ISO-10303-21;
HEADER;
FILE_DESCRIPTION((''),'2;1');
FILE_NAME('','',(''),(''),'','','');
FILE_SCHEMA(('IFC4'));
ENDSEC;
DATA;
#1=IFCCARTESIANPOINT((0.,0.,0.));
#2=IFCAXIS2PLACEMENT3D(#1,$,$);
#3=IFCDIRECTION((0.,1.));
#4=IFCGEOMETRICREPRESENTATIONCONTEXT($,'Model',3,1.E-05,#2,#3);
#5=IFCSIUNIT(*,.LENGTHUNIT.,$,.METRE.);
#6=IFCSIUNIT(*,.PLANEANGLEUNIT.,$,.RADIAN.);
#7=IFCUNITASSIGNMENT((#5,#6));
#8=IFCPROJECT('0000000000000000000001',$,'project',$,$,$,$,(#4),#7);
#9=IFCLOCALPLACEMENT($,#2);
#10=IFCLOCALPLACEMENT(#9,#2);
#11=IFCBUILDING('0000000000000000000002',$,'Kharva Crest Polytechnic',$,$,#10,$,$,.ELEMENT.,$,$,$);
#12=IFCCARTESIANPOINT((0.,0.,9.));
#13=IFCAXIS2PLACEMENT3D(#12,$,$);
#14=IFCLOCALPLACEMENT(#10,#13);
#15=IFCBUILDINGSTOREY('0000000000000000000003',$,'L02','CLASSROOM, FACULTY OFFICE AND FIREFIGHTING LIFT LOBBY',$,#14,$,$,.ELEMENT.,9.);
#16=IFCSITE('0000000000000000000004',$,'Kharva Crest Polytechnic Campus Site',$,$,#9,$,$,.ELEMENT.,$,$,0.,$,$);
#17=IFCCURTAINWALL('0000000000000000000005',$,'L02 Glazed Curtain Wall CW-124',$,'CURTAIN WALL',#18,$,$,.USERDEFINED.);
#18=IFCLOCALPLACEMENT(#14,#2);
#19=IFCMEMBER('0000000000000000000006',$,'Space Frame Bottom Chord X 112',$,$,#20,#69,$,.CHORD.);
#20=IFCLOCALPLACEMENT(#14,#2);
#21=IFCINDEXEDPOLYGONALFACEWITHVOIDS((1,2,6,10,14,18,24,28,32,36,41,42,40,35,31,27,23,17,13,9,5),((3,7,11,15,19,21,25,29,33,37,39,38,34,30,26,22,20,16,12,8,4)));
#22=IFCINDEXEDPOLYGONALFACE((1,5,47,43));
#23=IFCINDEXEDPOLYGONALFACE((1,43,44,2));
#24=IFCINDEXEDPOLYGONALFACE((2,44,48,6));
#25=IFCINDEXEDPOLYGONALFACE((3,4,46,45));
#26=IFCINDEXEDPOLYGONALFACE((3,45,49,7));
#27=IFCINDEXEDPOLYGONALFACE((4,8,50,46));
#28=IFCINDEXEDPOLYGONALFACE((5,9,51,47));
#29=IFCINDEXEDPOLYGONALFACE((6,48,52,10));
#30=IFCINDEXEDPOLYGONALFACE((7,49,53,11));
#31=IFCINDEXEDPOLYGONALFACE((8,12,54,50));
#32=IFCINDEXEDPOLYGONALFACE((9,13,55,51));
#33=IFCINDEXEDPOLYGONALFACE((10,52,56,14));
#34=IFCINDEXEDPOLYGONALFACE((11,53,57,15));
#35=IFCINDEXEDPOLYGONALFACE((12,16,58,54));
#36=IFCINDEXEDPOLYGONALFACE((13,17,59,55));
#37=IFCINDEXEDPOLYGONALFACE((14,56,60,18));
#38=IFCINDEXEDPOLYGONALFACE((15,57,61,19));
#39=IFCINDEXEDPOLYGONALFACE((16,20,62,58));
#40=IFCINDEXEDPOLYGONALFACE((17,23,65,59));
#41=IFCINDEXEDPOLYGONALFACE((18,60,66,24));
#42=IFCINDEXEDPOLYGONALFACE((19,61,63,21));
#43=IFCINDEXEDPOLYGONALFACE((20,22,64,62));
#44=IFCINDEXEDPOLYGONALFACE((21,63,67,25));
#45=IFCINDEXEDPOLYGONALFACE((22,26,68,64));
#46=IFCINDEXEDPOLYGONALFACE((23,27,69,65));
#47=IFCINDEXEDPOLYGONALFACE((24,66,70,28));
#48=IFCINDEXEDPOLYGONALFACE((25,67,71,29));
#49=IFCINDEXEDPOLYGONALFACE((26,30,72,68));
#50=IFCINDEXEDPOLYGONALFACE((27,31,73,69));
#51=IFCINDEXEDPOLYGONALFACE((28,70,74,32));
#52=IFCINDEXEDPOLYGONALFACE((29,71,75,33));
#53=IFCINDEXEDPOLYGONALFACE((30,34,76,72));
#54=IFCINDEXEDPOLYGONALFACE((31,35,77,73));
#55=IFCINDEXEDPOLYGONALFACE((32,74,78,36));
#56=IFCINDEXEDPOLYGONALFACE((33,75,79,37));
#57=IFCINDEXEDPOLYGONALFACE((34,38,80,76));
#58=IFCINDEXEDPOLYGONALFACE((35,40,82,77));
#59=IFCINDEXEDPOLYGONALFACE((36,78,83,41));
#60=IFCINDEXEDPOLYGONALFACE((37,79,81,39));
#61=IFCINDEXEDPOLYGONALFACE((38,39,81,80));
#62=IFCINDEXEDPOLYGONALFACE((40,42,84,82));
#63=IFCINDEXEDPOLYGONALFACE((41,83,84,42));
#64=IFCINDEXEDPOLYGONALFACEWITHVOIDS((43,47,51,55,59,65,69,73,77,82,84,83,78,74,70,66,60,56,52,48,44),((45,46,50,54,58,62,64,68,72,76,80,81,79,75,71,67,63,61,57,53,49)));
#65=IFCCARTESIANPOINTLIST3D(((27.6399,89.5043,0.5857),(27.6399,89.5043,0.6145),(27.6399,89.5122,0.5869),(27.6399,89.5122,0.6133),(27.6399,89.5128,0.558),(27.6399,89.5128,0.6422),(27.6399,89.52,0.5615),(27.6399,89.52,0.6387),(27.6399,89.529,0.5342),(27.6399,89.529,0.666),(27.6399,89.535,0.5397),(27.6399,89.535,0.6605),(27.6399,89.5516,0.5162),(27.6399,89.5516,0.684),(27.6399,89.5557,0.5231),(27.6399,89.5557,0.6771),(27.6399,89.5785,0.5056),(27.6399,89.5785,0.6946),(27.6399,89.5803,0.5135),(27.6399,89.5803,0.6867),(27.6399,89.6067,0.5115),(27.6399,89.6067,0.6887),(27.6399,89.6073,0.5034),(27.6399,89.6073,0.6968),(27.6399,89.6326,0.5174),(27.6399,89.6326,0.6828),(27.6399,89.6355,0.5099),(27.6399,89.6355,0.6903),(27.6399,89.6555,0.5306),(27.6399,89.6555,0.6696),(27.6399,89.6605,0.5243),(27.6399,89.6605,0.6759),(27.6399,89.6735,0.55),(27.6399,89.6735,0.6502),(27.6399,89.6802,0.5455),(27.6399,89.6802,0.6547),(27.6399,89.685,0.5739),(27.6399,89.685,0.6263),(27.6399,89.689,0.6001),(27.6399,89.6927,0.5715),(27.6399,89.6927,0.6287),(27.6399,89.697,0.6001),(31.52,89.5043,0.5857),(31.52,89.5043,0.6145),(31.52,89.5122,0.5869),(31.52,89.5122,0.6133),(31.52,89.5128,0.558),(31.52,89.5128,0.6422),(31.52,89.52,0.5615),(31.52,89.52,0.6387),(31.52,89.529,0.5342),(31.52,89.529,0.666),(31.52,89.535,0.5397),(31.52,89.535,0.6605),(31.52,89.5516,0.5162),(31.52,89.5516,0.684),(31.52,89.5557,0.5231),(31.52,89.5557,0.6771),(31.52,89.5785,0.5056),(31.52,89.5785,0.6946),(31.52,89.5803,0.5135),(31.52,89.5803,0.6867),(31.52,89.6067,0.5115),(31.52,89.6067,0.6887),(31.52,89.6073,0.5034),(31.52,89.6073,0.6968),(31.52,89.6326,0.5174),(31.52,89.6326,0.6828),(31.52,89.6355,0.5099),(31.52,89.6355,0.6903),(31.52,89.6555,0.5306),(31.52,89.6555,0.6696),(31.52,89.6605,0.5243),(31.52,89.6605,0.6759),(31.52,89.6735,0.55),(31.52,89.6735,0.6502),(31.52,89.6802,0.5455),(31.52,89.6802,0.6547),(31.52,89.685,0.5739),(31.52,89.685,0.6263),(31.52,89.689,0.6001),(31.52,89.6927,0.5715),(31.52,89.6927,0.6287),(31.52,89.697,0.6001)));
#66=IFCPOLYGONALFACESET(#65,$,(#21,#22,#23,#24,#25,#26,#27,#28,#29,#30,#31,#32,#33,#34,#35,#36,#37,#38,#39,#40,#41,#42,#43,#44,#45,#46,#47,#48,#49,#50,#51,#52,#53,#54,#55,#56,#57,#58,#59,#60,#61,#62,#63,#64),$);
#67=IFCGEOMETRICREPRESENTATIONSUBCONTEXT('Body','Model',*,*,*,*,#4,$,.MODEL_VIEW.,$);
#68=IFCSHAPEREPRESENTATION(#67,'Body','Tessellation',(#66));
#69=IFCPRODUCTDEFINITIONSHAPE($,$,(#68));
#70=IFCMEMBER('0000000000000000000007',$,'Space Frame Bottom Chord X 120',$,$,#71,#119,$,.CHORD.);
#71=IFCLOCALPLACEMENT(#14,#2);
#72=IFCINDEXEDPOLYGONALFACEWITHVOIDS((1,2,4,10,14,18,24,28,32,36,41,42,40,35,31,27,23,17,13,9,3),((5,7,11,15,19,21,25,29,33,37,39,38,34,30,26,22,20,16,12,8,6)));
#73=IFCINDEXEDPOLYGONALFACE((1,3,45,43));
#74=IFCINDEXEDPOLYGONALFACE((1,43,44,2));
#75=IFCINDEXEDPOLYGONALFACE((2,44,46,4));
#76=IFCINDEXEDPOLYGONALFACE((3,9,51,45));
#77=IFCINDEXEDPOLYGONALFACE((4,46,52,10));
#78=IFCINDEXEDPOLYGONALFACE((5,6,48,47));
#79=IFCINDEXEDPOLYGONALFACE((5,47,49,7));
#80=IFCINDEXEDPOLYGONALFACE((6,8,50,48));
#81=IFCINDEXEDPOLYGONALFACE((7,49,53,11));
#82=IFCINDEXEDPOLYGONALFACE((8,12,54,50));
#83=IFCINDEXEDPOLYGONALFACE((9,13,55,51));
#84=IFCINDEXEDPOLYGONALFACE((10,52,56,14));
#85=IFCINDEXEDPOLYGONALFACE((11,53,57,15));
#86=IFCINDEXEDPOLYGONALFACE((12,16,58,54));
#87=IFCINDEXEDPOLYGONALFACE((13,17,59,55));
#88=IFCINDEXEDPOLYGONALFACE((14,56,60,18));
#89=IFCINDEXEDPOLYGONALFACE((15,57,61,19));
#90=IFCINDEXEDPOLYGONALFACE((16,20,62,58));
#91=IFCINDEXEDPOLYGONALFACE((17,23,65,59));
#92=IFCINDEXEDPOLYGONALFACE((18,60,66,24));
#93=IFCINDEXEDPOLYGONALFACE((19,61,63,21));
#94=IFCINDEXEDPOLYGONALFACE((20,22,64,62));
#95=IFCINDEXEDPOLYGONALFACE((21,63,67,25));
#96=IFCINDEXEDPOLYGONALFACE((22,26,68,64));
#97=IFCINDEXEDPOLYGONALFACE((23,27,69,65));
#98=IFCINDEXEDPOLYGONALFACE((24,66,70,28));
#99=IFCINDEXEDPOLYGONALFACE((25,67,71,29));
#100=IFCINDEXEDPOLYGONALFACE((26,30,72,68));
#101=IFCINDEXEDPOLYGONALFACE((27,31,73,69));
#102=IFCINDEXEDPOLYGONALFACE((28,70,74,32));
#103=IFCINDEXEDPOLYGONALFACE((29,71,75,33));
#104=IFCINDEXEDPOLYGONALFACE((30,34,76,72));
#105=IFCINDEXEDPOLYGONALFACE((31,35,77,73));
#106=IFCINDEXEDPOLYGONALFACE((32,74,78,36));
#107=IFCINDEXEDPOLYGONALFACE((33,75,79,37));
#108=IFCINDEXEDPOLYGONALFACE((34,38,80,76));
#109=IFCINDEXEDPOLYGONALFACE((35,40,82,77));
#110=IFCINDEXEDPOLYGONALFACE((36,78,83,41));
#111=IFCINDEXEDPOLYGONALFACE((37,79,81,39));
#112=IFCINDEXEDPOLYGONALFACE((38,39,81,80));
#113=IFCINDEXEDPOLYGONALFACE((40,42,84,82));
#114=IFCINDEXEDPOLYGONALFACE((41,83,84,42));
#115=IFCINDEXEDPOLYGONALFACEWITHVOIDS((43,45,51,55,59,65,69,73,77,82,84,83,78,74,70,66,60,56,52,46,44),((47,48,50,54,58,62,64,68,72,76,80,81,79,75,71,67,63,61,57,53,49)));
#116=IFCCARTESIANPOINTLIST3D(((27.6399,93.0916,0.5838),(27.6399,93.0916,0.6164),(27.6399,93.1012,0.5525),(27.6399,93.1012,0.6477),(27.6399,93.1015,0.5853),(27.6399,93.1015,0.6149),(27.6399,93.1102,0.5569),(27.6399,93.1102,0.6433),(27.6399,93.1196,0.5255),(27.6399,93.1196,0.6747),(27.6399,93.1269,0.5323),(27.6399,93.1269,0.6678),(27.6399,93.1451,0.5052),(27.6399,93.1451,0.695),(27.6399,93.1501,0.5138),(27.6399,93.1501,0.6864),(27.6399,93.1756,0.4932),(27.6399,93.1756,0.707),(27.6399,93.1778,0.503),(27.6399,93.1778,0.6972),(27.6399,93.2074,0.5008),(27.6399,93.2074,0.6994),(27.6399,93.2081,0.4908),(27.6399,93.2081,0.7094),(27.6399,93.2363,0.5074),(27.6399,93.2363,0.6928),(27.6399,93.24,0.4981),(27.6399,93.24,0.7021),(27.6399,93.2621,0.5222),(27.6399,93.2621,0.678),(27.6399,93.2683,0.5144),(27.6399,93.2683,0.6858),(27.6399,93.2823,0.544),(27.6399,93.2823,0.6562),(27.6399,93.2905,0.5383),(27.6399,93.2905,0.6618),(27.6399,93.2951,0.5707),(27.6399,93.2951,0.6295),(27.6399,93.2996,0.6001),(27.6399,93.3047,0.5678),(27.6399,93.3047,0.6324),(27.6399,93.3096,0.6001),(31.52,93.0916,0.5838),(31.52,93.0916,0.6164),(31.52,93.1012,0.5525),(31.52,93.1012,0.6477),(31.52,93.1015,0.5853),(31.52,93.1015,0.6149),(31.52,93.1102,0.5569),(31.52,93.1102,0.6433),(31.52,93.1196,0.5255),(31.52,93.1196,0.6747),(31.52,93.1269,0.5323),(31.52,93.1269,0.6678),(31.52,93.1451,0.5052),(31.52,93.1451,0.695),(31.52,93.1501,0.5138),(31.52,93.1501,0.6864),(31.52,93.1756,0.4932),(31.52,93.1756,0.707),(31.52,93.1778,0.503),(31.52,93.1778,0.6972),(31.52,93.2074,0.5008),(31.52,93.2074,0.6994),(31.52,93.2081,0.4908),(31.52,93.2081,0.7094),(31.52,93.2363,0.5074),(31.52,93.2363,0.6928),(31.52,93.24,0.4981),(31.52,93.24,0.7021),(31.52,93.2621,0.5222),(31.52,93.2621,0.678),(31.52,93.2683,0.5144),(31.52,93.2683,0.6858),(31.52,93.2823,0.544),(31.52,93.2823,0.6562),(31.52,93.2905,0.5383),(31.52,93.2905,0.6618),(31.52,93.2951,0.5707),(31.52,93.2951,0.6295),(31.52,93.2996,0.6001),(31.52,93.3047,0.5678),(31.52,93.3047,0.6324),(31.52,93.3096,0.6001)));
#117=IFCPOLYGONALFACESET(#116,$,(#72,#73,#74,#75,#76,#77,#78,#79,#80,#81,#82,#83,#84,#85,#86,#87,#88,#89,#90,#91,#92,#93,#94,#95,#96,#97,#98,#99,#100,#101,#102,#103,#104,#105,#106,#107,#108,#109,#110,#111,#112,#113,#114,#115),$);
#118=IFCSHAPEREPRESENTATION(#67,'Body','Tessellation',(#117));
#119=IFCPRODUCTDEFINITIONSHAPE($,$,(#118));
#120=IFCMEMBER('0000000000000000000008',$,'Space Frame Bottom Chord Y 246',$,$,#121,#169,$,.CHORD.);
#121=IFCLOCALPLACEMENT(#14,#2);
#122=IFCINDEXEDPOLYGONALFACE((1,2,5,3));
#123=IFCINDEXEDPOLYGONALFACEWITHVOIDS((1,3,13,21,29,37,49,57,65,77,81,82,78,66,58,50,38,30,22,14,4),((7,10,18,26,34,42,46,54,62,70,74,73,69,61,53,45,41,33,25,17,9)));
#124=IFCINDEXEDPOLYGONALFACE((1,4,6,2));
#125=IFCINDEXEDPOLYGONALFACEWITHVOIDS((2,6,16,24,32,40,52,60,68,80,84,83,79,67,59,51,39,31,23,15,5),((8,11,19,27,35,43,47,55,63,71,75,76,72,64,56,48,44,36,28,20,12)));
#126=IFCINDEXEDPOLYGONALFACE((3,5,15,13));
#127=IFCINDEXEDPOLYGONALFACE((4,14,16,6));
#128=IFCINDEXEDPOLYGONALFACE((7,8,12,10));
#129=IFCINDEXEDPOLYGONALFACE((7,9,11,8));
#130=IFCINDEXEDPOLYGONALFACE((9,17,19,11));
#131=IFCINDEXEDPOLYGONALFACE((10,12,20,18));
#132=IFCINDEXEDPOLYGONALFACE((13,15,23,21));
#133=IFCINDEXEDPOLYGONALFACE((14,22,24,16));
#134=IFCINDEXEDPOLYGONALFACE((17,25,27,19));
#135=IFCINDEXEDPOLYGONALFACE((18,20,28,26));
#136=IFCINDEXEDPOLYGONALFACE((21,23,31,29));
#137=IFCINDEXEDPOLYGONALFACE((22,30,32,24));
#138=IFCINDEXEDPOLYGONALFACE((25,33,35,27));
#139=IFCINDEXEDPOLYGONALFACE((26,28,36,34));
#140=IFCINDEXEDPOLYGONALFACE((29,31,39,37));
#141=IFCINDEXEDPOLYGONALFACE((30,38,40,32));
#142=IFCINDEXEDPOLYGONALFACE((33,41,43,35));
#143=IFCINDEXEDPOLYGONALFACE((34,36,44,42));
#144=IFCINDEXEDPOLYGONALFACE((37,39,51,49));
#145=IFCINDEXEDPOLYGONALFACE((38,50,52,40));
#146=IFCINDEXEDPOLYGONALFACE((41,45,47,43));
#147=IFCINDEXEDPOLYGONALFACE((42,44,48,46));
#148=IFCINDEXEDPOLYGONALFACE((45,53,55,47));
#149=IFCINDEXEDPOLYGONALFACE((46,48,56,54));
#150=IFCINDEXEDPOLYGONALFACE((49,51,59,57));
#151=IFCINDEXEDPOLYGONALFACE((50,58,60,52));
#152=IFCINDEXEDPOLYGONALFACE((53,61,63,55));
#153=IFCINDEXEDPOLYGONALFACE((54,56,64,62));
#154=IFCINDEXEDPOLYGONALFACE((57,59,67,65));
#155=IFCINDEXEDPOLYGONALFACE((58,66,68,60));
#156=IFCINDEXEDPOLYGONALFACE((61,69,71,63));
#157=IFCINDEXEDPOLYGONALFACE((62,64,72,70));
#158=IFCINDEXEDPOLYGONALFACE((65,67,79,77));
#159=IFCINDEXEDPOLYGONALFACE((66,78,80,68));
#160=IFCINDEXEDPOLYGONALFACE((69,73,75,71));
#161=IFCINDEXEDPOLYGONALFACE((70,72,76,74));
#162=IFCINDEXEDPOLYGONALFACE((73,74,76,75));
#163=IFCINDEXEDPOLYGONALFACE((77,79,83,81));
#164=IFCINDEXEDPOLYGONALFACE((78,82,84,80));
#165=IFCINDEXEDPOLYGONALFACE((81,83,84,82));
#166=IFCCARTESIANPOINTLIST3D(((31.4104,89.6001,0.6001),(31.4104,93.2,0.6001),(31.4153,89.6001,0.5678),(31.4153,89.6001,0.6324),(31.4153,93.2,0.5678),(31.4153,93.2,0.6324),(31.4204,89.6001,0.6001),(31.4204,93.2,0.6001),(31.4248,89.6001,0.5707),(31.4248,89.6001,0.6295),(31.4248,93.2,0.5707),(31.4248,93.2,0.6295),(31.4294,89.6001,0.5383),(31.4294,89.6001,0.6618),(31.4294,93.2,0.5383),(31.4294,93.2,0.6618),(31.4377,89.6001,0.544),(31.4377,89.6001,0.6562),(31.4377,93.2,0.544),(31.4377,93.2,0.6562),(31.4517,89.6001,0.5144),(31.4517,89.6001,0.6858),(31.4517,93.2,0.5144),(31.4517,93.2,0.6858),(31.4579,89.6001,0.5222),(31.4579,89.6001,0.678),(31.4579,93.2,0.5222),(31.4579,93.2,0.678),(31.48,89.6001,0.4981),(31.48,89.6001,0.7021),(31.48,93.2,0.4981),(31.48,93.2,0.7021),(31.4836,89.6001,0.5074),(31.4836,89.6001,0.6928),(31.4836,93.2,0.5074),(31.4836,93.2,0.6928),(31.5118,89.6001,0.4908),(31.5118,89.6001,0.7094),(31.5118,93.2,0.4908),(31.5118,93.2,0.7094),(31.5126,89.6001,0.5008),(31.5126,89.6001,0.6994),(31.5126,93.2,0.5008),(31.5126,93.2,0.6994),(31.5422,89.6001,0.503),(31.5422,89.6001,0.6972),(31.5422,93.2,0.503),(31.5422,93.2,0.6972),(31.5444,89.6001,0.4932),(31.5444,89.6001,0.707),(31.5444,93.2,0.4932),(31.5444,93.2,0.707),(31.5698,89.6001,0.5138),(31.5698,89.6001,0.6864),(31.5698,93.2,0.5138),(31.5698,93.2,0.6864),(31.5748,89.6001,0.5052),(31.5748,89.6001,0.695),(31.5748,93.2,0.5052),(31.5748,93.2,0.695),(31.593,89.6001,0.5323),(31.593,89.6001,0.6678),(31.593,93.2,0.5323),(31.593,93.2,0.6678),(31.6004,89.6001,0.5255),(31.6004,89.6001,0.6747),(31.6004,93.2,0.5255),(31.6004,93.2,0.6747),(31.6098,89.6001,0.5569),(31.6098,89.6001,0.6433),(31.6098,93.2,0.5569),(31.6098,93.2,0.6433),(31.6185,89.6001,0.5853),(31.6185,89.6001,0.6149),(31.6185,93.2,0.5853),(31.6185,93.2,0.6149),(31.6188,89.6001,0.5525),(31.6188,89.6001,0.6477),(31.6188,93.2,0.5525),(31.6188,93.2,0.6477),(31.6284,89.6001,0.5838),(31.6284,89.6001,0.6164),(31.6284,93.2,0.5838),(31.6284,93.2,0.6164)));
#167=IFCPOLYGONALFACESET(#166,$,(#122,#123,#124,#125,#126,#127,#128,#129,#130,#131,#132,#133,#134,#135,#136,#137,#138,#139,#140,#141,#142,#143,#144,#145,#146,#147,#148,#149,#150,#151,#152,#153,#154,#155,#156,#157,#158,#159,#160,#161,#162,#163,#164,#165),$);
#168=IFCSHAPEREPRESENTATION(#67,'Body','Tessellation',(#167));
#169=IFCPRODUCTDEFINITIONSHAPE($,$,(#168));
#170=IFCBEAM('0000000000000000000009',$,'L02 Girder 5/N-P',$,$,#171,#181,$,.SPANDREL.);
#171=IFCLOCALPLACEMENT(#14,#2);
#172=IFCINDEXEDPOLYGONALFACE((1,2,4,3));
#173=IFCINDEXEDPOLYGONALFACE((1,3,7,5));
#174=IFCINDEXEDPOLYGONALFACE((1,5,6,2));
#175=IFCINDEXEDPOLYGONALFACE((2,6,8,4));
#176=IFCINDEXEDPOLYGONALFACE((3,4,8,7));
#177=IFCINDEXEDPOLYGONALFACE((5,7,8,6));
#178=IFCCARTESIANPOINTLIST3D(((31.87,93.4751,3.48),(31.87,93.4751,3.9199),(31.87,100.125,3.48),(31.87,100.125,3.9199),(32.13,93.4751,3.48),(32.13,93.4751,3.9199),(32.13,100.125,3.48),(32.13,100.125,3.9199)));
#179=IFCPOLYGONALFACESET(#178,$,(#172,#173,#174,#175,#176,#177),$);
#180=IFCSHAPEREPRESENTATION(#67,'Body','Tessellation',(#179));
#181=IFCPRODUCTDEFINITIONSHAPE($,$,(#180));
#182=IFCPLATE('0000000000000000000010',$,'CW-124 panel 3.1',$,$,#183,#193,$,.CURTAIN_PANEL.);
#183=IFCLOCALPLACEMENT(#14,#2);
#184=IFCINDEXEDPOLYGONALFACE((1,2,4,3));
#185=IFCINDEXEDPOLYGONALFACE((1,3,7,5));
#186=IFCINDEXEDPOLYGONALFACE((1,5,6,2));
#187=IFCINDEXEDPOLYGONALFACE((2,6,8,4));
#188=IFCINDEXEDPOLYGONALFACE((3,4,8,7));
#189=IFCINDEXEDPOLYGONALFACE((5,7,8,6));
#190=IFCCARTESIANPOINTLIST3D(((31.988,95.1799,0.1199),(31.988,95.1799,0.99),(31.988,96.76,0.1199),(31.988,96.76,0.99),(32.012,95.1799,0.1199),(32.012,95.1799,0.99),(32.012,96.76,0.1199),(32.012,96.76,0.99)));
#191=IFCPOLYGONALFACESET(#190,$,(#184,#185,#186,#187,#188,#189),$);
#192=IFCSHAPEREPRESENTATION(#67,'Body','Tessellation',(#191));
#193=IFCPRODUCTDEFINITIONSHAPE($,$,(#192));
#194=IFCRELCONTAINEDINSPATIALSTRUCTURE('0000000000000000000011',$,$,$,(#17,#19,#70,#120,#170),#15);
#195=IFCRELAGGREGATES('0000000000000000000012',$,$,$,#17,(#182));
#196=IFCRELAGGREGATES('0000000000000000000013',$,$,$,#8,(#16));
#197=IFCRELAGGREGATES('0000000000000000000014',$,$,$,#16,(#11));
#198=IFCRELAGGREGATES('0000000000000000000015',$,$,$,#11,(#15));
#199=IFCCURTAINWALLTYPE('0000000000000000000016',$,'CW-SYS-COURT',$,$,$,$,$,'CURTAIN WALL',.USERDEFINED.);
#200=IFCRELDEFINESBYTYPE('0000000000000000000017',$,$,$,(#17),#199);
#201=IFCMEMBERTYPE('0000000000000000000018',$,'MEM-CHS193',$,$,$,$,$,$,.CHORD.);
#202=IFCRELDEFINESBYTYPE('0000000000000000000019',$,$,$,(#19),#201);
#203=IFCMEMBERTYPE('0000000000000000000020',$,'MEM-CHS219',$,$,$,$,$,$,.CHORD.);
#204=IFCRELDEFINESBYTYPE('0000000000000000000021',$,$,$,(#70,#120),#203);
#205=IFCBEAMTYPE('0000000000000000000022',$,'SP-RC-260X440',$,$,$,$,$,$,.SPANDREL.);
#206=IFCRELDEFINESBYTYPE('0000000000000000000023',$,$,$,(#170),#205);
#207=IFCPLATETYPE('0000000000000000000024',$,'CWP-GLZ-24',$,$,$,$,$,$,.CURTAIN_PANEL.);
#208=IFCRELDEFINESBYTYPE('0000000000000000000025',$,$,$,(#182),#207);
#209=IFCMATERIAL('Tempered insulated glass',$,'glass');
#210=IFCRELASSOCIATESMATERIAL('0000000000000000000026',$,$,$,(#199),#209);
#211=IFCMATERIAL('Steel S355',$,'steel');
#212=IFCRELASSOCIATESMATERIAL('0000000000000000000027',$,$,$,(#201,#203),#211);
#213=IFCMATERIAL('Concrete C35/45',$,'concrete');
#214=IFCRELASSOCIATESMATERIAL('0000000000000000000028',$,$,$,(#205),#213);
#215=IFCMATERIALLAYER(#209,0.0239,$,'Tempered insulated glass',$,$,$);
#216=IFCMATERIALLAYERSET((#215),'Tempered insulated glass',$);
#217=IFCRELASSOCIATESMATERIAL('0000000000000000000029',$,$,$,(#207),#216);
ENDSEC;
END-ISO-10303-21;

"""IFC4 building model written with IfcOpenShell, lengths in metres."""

from ifc_helpers import new_model, si_unit, direction, frame, origin, origin_2d, place, context, subcontext, project, spatial, rectangle, hollow_circle, extrude, material, layer, layer_set, material_profile, profile_set, type_object, element, aggregate, save


model = new_model("IFC4")

# Units and contexts
model_context = context("Model", 3, precision=1e-05, world=origin(), true_north=direction((0.0, 1.0)))
body_context = subcontext(model_context, "Body", "Model", "MODEL_VIEW")
ifc_project = project(units=[si_unit("LENGTHUNIT", "METRE"), si_unit("PLANEANGLEUNIT", "RADIAN")], contexts=[model_context])

# Site, building, storey
site_placement = place(None, origin())
site = spatial("IfcSite", under=ifc_project, at=site_placement, Name="Kharva Crest Polytechnic Campus Site", CompositionType="ELEMENT", RefElevation=0.0)
building_placement = place(site_placement, origin())
building = spatial("IfcBuilding", under=site, at=building_placement, Name="Kharva Crest Polytechnic", CompositionType="ELEMENT")
storey_placement = place(building_placement, frame((0.0, 0.0, 9.0)))
storey = spatial("IfcBuildingStorey", under=building, at=storey_placement, Name="L02", Description="CLASSROOM, FACULTY OFFICE AND FIREFIGHTING LIFT LOBBY", CompositionType="ELEMENT", Elevation=9.0)

# Curtain wall
ifc_material_1 = material(Name="Tempered insulated glass", Category="glass")
curtain_wall_type = type_object("IfcCurtainWallType", Name="CW-SYS-COURT", ElementType="CURTAIN WALL", PredefinedType="USERDEFINED", material=ifc_material_1)
curtain_wall_placement = place(storey_placement, origin())
curtain_wall = element("IfcCurtainWall", 1, at=curtain_wall_placement, inside=storey, type_object=curtain_wall_type, Name="L02 Glazed Curtain Wall CW-124", ObjectType="CURTAIN WALL", PredefinedType="USERDEFINED")
ifc_material_2 = material(Name="Steel S355", Category="steel")

# Members
ifc_material_profile_1 = material_profile(ifc_material_2, hollow_circle(Radius=0.0969, WallThickness=0.0081, at=origin_2d()), Name="CHS 193.7X8.0")
ifc_profile_set_1 = profile_set([ifc_material_profile_1], Name="Steel S355")
member_type_1 = type_object("IfcMemberType", Name="MEM-CHS193", PredefinedType="CHORD", material=ifc_profile_set_1)
member_1_placement = place(storey_placement, frame((27.6399, 89.6001, 0.6001), z_axis=(1.0, 0.0, 0.0), x_axis=(0.0, 1.0, 0.0)))
element("IfcMember", 2, at=member_1_placement, inside=storey, type_object=member_type_1, Name="Space Frame Bottom Chord X 112", PredefinedType="CHORD", context=body_context, shape_type="SweptSolid", body=[
    extrude(hollow_circle(Radius=0.0969, WallThickness=0.0081, at=origin_2d()), origin(), (0.0, 0.0, 1.0), 3.8801),
])
ifc_material_profile_2 = material_profile(ifc_material_2, hollow_circle(Radius=0.1096, WallThickness=0.01, at=origin_2d()), Name="CHS 219.1X10.0")
ifc_profile_set_2 = profile_set([ifc_material_profile_2], Name="Steel S355")
member_type_2 = type_object("IfcMemberType", Name="MEM-CHS219", PredefinedType="CHORD", material=ifc_profile_set_2)
member_2_placement = place(storey_placement, frame((27.6399, 93.2, 0.6001), z_axis=(1.0, 0.0, 0.0), x_axis=(0.0, 1.0, 0.0)))
element("IfcMember", 3, at=member_2_placement, inside=storey, type_object=member_type_2, Name="Space Frame Bottom Chord X 120", PredefinedType="CHORD", context=body_context, shape_type="SweptSolid", body=[
    extrude(hollow_circle(Radius=0.1096, WallThickness=0.01, at=origin_2d()), origin(), (0.0, 0.0, 1.0), 3.8801),
])
member_3_placement = place(storey_placement, frame((31.52, 89.6001, 0.6001), z_axis=(0.0, 1.0, 0.0), x_axis=(-1.0, 0.0, 0.0)))
element("IfcMember", 4, at=member_3_placement, inside=storey, type_object=member_type_2, Name="Space Frame Bottom Chord Y 246", PredefinedType="CHORD", context=body_context, shape_type="SweptSolid", body=[
    extrude(hollow_circle(Radius=0.1096, WallThickness=0.01, at=origin_2d()), origin(), (0.0, 0.0, 1.0), 3.5999),
])

# Beam
ifc_material_3 = material(Name="Concrete C35/45", Category="concrete")
ifc_material_profile_3 = material_profile(ifc_material_3, rectangle(XDim=0.26, YDim=0.4399, at=origin_2d()), Name="RECT 260 X 440")
ifc_profile_set_3 = profile_set([ifc_material_profile_3], Name="Concrete C35/45")
beam_type = type_object("IfcBeamType", Name="SP-RC-260X440", PredefinedType="SPANDREL", material=ifc_profile_set_3)
beam_placement = place(storey_placement, frame((32.0, 93.4751, 3.7), z_axis=(0.0, 1.0, 0.0), x_axis=(-1.0, 0.0, 0.0)))
element("IfcBeam", 5, at=beam_placement, inside=storey, type_object=beam_type, Name="L02 Girder 5/N-P", PredefinedType="SPANDREL", context=body_context, shape_type="SweptSolid", body=[
    extrude(rectangle(XDim=0.26, YDim=0.4399, at=origin_2d()), origin(), (0.0, 0.0, 1.0), 6.6499),
])

# Plate
ifc_layer_1 = layer(ifc_material_1, 0.0239, Name="Tempered insulated glass")
ifc_layer_set_1 = layer_set([ifc_layer_1], Name="Tempered insulated glass")
plate_type_1 = type_object("IfcPlateType", Name="CWP-GLZ-24", PredefinedType="CURTAIN_PANEL", material=ifc_layer_set_1)
plate_1_placement = place(storey_placement, frame((32.0, 95.97, 0.1199), z_axis=(0.0, 0.0, 1.0), x_axis=(0.0, -1.0, 0.0)))
plate_1 = element("IfcPlate", 6, at=plate_1_placement, type_object=plate_type_1, Name="CW-124 panel 3.1", PredefinedType="CURTAIN_PANEL", context=body_context, shape_type="SweptSolid", body=[
    extrude(rectangle(XDim=1.5801, YDim=0.0239, at=origin_2d()), origin(), (0.0, 0.0, 1.0), 0.8701),
])
aggregate(curtain_wall, [plate_1])

save(model, "model.ifc")
